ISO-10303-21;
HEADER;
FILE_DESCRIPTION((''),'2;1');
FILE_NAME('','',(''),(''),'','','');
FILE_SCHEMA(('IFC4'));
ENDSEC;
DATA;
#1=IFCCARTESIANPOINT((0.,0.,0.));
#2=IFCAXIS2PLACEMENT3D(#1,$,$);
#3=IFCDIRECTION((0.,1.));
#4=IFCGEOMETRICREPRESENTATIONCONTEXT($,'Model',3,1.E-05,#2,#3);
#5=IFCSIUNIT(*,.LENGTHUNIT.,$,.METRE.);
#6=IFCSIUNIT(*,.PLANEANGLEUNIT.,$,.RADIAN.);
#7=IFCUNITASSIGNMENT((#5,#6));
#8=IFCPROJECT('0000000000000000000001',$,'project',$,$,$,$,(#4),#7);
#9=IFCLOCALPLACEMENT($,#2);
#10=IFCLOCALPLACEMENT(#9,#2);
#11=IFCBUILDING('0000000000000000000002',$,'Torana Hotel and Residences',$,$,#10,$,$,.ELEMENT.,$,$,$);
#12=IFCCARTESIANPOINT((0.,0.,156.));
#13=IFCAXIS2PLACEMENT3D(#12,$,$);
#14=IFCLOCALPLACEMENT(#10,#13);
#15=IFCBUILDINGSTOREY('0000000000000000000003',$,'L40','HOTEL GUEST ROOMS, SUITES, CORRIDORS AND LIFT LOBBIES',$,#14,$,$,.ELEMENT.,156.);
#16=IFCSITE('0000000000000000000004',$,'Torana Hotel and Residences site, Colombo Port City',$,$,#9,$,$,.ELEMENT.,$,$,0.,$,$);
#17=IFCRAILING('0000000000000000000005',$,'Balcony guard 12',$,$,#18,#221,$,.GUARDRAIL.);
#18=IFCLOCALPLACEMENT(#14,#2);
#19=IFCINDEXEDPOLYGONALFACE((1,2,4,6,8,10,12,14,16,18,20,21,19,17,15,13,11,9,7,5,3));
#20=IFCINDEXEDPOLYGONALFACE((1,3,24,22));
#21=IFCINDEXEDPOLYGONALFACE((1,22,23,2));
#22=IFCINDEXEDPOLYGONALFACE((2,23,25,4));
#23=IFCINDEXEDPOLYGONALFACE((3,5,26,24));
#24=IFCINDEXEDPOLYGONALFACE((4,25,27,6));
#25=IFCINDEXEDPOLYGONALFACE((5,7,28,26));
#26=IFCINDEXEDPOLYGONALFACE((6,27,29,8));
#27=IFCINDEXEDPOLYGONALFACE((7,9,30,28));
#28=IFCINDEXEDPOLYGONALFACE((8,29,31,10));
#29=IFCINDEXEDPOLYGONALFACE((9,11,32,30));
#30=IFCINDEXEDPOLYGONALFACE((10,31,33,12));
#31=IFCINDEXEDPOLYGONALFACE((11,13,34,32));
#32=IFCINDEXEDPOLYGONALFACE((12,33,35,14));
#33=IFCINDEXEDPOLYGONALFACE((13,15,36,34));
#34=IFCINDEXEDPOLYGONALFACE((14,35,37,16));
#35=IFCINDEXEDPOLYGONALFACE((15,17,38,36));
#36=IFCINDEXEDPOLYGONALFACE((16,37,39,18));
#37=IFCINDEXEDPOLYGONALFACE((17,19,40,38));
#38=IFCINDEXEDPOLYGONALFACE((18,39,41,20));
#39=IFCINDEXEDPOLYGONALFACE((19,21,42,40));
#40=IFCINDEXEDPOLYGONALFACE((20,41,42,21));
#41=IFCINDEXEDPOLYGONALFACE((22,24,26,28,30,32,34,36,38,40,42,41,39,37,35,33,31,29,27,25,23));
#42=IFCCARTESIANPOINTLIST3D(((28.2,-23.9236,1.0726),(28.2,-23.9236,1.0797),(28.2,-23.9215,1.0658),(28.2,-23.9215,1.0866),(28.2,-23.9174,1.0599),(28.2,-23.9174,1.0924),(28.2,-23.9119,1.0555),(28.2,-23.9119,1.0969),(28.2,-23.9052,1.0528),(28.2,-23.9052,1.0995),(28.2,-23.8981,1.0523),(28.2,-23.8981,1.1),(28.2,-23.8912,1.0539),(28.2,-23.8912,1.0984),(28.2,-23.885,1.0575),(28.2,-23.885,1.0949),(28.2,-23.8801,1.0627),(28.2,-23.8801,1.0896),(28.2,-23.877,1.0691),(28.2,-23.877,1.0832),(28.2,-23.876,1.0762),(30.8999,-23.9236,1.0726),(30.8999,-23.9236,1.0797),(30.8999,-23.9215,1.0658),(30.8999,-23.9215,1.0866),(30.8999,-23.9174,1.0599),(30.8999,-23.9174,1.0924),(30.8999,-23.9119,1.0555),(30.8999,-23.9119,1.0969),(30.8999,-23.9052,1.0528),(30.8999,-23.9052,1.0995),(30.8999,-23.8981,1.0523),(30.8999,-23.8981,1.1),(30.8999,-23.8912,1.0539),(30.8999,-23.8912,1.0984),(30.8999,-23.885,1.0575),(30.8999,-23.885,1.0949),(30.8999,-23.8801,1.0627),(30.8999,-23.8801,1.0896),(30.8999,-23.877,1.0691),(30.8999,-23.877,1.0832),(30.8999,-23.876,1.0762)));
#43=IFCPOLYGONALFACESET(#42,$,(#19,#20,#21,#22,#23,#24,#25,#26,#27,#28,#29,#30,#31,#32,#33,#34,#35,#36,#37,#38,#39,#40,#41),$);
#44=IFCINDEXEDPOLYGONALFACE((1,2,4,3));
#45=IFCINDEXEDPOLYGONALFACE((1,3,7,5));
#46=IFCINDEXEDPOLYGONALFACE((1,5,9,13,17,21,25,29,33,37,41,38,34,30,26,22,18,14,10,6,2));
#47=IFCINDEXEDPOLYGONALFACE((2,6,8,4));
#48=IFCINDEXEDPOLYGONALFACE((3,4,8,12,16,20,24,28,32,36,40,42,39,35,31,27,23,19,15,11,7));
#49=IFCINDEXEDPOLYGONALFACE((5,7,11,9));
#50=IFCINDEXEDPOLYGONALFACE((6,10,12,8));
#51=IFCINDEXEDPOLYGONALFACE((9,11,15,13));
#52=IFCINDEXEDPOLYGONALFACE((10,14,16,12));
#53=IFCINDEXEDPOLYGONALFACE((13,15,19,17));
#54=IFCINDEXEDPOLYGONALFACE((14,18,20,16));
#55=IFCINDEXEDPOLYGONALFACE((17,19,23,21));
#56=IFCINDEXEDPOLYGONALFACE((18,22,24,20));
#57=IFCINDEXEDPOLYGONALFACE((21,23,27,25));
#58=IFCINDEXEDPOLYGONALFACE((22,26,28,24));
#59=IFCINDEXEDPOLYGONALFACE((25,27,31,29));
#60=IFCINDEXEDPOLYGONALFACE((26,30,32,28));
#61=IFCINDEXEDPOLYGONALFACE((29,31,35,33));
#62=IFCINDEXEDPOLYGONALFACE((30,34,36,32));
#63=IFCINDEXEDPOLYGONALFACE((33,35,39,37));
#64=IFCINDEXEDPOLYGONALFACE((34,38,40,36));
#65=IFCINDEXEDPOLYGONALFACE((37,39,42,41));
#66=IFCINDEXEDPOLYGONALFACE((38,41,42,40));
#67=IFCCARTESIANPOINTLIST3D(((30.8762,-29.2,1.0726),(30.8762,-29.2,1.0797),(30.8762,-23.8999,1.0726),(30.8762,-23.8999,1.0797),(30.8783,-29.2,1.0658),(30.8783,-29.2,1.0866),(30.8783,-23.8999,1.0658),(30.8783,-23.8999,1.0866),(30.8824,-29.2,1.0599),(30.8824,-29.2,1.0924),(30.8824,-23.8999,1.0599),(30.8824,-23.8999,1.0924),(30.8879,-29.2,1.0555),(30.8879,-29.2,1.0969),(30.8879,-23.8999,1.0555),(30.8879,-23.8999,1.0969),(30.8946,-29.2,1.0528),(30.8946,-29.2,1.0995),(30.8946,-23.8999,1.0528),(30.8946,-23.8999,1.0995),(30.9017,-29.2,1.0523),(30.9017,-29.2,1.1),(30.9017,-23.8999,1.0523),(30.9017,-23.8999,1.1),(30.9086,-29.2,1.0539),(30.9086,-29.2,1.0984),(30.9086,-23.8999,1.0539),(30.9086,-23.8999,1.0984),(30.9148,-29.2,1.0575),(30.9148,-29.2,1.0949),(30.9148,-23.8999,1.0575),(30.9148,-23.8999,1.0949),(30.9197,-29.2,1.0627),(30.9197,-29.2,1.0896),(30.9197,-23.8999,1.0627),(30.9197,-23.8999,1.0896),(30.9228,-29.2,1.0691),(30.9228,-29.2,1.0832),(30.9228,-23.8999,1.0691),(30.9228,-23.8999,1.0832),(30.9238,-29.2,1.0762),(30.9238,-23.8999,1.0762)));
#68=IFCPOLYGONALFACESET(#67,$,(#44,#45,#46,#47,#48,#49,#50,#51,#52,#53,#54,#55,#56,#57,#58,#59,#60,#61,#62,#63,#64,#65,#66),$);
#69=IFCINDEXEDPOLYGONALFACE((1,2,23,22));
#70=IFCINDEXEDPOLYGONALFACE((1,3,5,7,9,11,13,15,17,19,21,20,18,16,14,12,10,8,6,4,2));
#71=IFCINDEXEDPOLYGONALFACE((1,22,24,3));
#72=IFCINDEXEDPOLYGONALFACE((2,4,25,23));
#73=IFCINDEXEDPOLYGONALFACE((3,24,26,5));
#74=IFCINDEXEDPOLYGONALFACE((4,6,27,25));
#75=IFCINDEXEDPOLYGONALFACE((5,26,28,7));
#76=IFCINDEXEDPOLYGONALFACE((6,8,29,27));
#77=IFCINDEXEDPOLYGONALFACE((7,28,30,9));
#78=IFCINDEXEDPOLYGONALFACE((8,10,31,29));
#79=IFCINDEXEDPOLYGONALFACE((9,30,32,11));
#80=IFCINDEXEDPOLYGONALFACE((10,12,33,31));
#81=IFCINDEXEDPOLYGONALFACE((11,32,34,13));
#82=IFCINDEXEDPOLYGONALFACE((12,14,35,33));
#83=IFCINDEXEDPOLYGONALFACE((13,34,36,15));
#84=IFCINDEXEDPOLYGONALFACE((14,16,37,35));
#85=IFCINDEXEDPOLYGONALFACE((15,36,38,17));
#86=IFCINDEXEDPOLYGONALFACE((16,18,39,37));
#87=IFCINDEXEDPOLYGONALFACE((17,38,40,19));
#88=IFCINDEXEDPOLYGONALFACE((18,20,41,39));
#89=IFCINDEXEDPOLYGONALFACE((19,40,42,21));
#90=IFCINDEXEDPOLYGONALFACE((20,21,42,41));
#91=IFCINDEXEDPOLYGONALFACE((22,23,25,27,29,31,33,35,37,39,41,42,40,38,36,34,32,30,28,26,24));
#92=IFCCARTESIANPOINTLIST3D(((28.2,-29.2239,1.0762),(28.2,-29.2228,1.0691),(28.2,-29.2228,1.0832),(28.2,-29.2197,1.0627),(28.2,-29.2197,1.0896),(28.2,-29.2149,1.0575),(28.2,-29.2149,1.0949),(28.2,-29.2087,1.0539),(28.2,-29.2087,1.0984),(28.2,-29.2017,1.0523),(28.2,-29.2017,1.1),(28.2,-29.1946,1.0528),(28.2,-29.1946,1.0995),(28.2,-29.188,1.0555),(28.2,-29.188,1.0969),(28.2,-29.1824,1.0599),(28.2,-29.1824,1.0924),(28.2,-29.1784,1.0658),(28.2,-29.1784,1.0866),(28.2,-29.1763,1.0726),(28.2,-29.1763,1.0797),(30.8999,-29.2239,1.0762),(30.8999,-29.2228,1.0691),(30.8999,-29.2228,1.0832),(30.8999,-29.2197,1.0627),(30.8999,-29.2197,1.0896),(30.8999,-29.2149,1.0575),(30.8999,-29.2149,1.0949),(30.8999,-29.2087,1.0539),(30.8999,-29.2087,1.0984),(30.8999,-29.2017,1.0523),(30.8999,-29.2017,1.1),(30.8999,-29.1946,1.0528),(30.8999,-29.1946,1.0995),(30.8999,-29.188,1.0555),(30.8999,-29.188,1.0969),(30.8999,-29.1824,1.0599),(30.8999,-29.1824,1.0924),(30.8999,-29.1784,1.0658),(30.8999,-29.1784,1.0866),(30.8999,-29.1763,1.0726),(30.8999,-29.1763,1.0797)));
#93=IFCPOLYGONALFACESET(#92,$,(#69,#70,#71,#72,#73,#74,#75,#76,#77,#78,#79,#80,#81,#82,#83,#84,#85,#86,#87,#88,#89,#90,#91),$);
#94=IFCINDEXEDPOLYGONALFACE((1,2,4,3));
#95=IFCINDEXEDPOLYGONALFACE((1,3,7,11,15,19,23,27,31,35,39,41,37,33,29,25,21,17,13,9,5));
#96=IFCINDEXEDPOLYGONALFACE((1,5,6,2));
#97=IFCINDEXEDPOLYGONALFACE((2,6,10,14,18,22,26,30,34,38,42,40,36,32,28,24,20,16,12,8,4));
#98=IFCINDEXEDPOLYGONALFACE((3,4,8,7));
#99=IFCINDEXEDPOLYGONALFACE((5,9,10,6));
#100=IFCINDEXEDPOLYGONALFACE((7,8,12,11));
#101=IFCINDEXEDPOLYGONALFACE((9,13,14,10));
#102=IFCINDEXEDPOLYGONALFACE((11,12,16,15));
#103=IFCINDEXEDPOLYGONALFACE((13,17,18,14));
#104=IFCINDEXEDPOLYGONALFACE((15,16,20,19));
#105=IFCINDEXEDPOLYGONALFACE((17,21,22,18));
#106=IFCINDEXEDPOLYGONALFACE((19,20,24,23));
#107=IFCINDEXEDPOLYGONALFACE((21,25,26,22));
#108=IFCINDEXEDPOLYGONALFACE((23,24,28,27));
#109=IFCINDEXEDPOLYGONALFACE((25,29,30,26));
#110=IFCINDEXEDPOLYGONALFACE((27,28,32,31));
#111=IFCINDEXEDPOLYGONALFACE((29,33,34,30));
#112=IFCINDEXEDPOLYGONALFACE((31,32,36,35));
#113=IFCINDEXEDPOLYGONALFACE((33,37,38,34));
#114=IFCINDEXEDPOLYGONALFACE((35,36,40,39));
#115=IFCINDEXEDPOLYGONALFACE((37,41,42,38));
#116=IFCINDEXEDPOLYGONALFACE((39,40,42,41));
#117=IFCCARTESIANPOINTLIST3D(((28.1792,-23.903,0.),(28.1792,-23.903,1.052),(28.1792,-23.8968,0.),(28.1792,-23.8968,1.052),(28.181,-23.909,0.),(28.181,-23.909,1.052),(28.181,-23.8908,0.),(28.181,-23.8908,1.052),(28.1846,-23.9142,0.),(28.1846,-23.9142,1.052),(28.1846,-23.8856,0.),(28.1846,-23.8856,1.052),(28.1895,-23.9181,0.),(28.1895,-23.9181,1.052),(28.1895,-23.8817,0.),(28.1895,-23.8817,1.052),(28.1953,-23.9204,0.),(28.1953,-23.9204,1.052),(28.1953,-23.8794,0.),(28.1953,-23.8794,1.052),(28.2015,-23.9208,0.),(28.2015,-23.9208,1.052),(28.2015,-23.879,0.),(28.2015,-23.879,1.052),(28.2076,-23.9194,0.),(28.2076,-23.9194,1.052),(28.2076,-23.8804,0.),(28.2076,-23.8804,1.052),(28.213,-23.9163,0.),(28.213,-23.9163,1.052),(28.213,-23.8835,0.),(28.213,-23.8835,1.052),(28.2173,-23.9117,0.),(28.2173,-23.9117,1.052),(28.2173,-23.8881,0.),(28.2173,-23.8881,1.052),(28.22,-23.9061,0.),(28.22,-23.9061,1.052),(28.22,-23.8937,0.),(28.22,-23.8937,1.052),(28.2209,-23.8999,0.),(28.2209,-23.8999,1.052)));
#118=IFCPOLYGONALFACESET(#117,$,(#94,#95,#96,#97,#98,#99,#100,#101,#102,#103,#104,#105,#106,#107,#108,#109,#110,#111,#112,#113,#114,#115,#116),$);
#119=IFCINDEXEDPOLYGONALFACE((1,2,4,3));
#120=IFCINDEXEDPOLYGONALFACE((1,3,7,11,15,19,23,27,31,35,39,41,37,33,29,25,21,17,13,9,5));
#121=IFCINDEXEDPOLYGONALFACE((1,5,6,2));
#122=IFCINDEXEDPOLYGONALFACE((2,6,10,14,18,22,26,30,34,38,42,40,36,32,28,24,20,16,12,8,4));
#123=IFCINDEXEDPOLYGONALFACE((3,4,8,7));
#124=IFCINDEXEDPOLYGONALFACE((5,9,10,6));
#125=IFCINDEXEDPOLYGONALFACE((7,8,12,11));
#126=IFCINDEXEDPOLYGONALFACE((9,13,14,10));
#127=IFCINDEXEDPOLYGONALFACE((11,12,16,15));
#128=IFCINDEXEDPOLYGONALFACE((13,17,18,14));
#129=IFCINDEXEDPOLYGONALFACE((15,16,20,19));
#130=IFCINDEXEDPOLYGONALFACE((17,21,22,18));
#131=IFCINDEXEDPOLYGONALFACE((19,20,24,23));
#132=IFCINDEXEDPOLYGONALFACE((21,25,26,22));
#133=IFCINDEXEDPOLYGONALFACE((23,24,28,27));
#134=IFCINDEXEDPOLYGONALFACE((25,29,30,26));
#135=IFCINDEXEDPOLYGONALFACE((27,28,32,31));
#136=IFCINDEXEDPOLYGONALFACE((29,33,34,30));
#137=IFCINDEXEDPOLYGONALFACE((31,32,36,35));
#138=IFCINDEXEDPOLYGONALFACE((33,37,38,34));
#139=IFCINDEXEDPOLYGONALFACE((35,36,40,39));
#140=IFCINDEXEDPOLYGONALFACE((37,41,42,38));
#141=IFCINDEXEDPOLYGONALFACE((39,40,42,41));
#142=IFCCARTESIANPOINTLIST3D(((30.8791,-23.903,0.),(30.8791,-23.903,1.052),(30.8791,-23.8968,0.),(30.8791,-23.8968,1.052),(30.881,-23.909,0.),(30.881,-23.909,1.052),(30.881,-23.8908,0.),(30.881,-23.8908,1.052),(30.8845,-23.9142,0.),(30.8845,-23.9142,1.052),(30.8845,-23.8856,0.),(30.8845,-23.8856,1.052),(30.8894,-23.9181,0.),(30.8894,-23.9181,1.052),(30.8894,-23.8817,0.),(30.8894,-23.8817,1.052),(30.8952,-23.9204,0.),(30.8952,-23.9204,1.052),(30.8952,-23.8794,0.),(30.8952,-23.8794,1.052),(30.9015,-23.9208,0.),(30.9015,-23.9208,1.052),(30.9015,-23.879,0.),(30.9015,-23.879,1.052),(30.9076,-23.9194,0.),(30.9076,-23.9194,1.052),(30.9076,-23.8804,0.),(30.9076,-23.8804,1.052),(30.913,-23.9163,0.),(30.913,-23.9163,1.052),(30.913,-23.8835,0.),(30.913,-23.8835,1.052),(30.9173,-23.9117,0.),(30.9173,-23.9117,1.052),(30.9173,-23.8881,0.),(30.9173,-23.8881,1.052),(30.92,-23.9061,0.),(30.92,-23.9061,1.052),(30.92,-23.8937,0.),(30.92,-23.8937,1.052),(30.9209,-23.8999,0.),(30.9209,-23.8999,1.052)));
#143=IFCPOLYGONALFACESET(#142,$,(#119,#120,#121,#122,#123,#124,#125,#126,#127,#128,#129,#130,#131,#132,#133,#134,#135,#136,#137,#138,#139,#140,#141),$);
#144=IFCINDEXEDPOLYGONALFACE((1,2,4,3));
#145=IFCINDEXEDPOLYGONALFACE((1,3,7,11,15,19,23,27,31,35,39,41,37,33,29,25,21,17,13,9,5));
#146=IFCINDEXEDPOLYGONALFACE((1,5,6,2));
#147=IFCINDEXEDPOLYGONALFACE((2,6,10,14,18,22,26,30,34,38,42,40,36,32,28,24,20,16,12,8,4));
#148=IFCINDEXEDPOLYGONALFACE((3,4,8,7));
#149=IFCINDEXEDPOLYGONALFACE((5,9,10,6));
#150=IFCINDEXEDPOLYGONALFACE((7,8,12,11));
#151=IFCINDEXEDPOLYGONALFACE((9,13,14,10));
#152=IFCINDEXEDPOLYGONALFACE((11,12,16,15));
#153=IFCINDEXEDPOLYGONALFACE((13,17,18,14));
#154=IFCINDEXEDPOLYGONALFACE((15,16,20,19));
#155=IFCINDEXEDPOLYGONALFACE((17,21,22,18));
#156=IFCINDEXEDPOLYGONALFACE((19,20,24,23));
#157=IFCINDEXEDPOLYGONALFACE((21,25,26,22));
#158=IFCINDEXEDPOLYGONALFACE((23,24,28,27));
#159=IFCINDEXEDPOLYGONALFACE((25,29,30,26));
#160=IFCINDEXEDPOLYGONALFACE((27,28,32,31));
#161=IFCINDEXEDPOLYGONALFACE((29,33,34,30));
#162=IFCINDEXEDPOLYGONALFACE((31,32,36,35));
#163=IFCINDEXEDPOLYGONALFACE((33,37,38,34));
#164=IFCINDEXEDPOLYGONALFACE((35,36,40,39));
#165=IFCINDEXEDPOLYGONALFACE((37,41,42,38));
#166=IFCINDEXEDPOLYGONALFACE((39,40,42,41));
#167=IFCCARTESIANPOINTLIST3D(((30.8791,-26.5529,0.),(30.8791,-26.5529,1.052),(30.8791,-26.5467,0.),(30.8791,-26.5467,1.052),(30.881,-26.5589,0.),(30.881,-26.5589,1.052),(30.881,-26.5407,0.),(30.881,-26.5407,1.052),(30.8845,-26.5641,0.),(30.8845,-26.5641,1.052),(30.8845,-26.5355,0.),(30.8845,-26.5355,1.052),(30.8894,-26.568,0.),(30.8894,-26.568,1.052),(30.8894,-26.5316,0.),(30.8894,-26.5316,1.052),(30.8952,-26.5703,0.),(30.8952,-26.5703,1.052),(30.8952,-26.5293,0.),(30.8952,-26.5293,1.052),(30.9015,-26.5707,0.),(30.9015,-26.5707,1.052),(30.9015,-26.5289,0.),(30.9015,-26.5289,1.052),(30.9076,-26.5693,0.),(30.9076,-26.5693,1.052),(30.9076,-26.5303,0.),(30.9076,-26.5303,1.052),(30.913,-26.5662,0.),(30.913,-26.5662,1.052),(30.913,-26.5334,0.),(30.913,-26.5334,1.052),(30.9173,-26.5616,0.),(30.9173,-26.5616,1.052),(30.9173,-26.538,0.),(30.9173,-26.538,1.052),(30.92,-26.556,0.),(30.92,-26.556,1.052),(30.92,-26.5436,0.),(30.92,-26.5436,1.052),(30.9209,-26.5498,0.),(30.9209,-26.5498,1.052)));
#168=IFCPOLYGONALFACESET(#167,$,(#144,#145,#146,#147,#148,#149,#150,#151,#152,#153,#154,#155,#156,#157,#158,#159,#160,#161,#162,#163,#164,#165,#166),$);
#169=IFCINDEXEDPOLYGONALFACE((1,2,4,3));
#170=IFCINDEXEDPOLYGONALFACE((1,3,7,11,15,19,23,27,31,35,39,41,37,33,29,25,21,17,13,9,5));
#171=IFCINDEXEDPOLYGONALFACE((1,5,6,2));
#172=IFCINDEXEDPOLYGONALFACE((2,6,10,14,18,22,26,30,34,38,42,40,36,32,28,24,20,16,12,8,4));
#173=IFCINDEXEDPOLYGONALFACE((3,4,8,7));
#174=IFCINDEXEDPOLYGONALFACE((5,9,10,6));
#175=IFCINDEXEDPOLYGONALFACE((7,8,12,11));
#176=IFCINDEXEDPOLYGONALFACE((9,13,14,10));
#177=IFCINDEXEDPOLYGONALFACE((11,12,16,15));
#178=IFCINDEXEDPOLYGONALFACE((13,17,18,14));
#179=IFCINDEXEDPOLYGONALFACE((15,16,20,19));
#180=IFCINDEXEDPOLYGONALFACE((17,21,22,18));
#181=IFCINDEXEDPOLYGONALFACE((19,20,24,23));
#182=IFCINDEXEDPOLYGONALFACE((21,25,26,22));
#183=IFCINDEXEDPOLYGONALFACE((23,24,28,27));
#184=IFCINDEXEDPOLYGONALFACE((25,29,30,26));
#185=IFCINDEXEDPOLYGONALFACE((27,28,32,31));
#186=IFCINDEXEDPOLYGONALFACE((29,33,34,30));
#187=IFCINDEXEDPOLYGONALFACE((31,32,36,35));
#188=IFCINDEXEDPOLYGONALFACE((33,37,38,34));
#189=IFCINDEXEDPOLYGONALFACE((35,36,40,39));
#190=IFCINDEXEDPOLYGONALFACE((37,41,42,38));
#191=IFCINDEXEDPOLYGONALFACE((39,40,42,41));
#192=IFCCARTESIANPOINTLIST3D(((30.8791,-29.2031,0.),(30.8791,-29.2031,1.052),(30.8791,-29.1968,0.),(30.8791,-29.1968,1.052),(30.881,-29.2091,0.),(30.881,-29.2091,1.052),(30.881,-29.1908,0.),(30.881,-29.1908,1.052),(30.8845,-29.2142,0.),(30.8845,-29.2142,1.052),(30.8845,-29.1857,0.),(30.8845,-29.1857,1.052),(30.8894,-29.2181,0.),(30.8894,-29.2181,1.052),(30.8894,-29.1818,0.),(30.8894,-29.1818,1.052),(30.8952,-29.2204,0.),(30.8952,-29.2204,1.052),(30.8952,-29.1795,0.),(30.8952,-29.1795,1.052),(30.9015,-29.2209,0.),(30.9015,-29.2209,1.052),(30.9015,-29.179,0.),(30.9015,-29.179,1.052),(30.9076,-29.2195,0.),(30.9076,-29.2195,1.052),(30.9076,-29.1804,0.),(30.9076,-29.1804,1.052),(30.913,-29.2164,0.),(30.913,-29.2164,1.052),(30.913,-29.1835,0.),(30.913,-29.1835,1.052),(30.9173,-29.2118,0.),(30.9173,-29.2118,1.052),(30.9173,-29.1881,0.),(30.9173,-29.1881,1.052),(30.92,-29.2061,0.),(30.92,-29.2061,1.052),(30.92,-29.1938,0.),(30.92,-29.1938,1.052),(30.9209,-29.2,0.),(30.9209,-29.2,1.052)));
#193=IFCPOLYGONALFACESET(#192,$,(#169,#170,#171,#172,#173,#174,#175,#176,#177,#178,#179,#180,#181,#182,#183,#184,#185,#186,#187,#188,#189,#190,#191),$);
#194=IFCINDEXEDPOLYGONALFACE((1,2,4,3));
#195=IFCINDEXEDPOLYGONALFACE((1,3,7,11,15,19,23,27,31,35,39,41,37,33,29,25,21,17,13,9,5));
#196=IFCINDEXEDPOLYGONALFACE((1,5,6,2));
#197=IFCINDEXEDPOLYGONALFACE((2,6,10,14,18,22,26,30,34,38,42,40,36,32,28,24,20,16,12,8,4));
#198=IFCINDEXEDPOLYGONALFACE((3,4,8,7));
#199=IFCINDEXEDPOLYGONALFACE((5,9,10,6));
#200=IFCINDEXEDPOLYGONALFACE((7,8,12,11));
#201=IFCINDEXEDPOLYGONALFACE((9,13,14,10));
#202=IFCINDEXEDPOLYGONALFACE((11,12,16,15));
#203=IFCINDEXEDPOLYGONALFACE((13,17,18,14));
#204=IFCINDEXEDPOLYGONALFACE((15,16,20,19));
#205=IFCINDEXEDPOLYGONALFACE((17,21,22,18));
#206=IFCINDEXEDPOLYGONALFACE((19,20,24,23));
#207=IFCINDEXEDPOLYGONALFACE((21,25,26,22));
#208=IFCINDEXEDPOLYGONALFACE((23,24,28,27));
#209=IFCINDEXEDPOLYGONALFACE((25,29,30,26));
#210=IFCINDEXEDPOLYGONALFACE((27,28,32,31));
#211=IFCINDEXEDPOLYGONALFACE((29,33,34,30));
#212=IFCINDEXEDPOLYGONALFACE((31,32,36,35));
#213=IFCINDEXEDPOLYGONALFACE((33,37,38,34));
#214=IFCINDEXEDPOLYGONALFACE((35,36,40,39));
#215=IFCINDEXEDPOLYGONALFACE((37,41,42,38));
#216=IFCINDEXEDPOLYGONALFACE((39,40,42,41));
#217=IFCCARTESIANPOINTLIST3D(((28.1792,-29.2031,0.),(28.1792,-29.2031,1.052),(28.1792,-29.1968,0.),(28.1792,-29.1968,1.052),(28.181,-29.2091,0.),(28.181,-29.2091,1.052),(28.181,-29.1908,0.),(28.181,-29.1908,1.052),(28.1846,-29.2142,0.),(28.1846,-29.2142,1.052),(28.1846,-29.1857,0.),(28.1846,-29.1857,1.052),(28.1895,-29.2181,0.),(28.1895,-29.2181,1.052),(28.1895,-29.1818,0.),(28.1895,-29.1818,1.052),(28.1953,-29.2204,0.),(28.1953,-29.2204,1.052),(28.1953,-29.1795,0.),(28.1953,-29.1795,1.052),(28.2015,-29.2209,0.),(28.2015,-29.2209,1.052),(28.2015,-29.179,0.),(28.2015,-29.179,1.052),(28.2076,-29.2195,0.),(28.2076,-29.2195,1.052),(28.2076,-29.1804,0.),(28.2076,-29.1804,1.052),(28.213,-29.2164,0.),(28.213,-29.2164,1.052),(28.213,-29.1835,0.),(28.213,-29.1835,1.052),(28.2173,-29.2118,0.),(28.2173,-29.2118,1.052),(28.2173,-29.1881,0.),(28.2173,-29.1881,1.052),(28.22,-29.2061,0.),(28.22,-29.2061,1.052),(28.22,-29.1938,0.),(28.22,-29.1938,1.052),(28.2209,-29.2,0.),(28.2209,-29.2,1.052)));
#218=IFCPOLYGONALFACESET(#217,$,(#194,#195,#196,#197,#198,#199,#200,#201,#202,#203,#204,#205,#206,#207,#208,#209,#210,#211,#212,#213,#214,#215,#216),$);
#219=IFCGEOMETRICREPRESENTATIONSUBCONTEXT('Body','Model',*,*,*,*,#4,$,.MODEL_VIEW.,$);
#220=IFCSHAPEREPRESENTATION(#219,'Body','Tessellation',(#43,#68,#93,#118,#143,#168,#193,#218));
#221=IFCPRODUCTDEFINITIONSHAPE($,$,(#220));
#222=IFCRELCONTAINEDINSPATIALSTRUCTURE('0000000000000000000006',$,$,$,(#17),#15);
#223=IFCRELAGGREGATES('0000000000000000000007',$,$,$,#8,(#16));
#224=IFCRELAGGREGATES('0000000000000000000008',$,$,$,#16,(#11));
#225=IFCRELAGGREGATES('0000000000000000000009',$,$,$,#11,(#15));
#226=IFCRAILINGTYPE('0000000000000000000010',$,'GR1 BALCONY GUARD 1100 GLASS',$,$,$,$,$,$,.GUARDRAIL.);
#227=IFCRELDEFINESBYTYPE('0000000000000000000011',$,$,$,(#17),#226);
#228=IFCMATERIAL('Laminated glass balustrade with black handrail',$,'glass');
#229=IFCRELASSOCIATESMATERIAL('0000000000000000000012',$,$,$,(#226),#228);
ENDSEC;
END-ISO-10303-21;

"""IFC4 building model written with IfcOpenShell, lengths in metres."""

from ifc_helpers import new_model, si_unit, direction, frame, origin, origin_2d, place, context, subcontext, project, spatial, circle, extrude, material, type_object, element, save


model = new_model("IFC4")

# Units and contexts
model_context = context("Model", 3, precision=1e-05, world=origin(), true_north=direction((0.0, 1.0)))
body_context = subcontext(model_context, "Body", "Model", "MODEL_VIEW")
ifc_project = project(units=[si_unit("LENGTHUNIT", "METRE"), si_unit("PLANEANGLEUNIT", "RADIAN")], contexts=[model_context])

# Site, building, storey
site_placement = place(None, origin())
site = spatial("IfcSite", under=ifc_project, at=site_placement, Name="Torana Hotel and Residences site, Colombo Port City", CompositionType="ELEMENT", RefElevation=0.0)
building_placement = place(site_placement, origin())
building = spatial("IfcBuilding", under=site, at=building_placement, Name="Torana Hotel and Residences", CompositionType="ELEMENT")
storey_placement = place(building_placement, frame((0.0, 0.0, 156.0)))
storey = spatial("IfcBuildingStorey", under=building, at=storey_placement, Name="L40", Description="HOTEL GUEST ROOMS, SUITES, CORRIDORS AND LIFT LOBBIES", CompositionType="ELEMENT", Elevation=156.0)

# Railing
ifc_material_1 = material(Name="Laminated glass balustrade with black handrail", Category="glass")
railing_type = type_object("IfcRailingType", Name="GR1 BALCONY GUARD 1100 GLASS", PredefinedType="GUARDRAIL", material=ifc_material_1)
railing_1_placement = place(storey_placement, frame((28.2, -23.8999, 0.0)))
element("IfcRailing", 1, at=railing_1_placement, inside=storey, type_object=railing_type, Name="Balcony guard 12", PredefinedType="GUARDRAIL", context=body_context, shape_type="SweptSolid", body=[
    extrude(circle(Radius=0.0239, at=origin_2d()), frame((0.0, 0.0, 1.0762), z_axis=(1.0, 0.0, 0.0), x_axis=(0.0, 1.0, 0.0)), (0.0, 0.0, 1.0), 2.7),
    extrude(circle(Radius=0.0239, at=origin_2d()), frame((2.7, 0.0, 1.0762), z_axis=(0.0, -1.0, 0.0), x_axis=(1.0, 0.0, 0.0)), (0.0, 0.0, 1.0), 5.3),
    extrude(circle(Radius=0.0239, at=origin_2d()), frame((2.7, -5.3, 1.0762), z_axis=(-1.0, 0.0, 0.0), x_axis=(0.0, -1.0, 0.0)), (0.0, 0.0, 1.0), 2.7),
    extrude(circle(Radius=0.021, at=origin_2d()), origin(), (0.0, 0.0, 1.0), 1.052),
    extrude(circle(Radius=0.021, at=origin_2d()), frame((2.7, 0.0, 0.0)), (0.0, 0.0, 1.0), 1.052),
    extrude(circle(Radius=0.021, at=origin_2d()), frame((2.7, -2.6499, 0.0)), (0.0, 0.0, 1.0), 1.052),
    extrude(circle(Radius=0.021, at=origin_2d()), frame((2.7, -5.3, 0.0)), (0.0, 0.0, 1.0), 1.052),
    extrude(circle(Radius=0.021, at=origin_2d()), frame((0.0, -5.3, 0.0)), (0.0, 0.0, 1.0), 1.052),
])

save(model, "model.ifc")
